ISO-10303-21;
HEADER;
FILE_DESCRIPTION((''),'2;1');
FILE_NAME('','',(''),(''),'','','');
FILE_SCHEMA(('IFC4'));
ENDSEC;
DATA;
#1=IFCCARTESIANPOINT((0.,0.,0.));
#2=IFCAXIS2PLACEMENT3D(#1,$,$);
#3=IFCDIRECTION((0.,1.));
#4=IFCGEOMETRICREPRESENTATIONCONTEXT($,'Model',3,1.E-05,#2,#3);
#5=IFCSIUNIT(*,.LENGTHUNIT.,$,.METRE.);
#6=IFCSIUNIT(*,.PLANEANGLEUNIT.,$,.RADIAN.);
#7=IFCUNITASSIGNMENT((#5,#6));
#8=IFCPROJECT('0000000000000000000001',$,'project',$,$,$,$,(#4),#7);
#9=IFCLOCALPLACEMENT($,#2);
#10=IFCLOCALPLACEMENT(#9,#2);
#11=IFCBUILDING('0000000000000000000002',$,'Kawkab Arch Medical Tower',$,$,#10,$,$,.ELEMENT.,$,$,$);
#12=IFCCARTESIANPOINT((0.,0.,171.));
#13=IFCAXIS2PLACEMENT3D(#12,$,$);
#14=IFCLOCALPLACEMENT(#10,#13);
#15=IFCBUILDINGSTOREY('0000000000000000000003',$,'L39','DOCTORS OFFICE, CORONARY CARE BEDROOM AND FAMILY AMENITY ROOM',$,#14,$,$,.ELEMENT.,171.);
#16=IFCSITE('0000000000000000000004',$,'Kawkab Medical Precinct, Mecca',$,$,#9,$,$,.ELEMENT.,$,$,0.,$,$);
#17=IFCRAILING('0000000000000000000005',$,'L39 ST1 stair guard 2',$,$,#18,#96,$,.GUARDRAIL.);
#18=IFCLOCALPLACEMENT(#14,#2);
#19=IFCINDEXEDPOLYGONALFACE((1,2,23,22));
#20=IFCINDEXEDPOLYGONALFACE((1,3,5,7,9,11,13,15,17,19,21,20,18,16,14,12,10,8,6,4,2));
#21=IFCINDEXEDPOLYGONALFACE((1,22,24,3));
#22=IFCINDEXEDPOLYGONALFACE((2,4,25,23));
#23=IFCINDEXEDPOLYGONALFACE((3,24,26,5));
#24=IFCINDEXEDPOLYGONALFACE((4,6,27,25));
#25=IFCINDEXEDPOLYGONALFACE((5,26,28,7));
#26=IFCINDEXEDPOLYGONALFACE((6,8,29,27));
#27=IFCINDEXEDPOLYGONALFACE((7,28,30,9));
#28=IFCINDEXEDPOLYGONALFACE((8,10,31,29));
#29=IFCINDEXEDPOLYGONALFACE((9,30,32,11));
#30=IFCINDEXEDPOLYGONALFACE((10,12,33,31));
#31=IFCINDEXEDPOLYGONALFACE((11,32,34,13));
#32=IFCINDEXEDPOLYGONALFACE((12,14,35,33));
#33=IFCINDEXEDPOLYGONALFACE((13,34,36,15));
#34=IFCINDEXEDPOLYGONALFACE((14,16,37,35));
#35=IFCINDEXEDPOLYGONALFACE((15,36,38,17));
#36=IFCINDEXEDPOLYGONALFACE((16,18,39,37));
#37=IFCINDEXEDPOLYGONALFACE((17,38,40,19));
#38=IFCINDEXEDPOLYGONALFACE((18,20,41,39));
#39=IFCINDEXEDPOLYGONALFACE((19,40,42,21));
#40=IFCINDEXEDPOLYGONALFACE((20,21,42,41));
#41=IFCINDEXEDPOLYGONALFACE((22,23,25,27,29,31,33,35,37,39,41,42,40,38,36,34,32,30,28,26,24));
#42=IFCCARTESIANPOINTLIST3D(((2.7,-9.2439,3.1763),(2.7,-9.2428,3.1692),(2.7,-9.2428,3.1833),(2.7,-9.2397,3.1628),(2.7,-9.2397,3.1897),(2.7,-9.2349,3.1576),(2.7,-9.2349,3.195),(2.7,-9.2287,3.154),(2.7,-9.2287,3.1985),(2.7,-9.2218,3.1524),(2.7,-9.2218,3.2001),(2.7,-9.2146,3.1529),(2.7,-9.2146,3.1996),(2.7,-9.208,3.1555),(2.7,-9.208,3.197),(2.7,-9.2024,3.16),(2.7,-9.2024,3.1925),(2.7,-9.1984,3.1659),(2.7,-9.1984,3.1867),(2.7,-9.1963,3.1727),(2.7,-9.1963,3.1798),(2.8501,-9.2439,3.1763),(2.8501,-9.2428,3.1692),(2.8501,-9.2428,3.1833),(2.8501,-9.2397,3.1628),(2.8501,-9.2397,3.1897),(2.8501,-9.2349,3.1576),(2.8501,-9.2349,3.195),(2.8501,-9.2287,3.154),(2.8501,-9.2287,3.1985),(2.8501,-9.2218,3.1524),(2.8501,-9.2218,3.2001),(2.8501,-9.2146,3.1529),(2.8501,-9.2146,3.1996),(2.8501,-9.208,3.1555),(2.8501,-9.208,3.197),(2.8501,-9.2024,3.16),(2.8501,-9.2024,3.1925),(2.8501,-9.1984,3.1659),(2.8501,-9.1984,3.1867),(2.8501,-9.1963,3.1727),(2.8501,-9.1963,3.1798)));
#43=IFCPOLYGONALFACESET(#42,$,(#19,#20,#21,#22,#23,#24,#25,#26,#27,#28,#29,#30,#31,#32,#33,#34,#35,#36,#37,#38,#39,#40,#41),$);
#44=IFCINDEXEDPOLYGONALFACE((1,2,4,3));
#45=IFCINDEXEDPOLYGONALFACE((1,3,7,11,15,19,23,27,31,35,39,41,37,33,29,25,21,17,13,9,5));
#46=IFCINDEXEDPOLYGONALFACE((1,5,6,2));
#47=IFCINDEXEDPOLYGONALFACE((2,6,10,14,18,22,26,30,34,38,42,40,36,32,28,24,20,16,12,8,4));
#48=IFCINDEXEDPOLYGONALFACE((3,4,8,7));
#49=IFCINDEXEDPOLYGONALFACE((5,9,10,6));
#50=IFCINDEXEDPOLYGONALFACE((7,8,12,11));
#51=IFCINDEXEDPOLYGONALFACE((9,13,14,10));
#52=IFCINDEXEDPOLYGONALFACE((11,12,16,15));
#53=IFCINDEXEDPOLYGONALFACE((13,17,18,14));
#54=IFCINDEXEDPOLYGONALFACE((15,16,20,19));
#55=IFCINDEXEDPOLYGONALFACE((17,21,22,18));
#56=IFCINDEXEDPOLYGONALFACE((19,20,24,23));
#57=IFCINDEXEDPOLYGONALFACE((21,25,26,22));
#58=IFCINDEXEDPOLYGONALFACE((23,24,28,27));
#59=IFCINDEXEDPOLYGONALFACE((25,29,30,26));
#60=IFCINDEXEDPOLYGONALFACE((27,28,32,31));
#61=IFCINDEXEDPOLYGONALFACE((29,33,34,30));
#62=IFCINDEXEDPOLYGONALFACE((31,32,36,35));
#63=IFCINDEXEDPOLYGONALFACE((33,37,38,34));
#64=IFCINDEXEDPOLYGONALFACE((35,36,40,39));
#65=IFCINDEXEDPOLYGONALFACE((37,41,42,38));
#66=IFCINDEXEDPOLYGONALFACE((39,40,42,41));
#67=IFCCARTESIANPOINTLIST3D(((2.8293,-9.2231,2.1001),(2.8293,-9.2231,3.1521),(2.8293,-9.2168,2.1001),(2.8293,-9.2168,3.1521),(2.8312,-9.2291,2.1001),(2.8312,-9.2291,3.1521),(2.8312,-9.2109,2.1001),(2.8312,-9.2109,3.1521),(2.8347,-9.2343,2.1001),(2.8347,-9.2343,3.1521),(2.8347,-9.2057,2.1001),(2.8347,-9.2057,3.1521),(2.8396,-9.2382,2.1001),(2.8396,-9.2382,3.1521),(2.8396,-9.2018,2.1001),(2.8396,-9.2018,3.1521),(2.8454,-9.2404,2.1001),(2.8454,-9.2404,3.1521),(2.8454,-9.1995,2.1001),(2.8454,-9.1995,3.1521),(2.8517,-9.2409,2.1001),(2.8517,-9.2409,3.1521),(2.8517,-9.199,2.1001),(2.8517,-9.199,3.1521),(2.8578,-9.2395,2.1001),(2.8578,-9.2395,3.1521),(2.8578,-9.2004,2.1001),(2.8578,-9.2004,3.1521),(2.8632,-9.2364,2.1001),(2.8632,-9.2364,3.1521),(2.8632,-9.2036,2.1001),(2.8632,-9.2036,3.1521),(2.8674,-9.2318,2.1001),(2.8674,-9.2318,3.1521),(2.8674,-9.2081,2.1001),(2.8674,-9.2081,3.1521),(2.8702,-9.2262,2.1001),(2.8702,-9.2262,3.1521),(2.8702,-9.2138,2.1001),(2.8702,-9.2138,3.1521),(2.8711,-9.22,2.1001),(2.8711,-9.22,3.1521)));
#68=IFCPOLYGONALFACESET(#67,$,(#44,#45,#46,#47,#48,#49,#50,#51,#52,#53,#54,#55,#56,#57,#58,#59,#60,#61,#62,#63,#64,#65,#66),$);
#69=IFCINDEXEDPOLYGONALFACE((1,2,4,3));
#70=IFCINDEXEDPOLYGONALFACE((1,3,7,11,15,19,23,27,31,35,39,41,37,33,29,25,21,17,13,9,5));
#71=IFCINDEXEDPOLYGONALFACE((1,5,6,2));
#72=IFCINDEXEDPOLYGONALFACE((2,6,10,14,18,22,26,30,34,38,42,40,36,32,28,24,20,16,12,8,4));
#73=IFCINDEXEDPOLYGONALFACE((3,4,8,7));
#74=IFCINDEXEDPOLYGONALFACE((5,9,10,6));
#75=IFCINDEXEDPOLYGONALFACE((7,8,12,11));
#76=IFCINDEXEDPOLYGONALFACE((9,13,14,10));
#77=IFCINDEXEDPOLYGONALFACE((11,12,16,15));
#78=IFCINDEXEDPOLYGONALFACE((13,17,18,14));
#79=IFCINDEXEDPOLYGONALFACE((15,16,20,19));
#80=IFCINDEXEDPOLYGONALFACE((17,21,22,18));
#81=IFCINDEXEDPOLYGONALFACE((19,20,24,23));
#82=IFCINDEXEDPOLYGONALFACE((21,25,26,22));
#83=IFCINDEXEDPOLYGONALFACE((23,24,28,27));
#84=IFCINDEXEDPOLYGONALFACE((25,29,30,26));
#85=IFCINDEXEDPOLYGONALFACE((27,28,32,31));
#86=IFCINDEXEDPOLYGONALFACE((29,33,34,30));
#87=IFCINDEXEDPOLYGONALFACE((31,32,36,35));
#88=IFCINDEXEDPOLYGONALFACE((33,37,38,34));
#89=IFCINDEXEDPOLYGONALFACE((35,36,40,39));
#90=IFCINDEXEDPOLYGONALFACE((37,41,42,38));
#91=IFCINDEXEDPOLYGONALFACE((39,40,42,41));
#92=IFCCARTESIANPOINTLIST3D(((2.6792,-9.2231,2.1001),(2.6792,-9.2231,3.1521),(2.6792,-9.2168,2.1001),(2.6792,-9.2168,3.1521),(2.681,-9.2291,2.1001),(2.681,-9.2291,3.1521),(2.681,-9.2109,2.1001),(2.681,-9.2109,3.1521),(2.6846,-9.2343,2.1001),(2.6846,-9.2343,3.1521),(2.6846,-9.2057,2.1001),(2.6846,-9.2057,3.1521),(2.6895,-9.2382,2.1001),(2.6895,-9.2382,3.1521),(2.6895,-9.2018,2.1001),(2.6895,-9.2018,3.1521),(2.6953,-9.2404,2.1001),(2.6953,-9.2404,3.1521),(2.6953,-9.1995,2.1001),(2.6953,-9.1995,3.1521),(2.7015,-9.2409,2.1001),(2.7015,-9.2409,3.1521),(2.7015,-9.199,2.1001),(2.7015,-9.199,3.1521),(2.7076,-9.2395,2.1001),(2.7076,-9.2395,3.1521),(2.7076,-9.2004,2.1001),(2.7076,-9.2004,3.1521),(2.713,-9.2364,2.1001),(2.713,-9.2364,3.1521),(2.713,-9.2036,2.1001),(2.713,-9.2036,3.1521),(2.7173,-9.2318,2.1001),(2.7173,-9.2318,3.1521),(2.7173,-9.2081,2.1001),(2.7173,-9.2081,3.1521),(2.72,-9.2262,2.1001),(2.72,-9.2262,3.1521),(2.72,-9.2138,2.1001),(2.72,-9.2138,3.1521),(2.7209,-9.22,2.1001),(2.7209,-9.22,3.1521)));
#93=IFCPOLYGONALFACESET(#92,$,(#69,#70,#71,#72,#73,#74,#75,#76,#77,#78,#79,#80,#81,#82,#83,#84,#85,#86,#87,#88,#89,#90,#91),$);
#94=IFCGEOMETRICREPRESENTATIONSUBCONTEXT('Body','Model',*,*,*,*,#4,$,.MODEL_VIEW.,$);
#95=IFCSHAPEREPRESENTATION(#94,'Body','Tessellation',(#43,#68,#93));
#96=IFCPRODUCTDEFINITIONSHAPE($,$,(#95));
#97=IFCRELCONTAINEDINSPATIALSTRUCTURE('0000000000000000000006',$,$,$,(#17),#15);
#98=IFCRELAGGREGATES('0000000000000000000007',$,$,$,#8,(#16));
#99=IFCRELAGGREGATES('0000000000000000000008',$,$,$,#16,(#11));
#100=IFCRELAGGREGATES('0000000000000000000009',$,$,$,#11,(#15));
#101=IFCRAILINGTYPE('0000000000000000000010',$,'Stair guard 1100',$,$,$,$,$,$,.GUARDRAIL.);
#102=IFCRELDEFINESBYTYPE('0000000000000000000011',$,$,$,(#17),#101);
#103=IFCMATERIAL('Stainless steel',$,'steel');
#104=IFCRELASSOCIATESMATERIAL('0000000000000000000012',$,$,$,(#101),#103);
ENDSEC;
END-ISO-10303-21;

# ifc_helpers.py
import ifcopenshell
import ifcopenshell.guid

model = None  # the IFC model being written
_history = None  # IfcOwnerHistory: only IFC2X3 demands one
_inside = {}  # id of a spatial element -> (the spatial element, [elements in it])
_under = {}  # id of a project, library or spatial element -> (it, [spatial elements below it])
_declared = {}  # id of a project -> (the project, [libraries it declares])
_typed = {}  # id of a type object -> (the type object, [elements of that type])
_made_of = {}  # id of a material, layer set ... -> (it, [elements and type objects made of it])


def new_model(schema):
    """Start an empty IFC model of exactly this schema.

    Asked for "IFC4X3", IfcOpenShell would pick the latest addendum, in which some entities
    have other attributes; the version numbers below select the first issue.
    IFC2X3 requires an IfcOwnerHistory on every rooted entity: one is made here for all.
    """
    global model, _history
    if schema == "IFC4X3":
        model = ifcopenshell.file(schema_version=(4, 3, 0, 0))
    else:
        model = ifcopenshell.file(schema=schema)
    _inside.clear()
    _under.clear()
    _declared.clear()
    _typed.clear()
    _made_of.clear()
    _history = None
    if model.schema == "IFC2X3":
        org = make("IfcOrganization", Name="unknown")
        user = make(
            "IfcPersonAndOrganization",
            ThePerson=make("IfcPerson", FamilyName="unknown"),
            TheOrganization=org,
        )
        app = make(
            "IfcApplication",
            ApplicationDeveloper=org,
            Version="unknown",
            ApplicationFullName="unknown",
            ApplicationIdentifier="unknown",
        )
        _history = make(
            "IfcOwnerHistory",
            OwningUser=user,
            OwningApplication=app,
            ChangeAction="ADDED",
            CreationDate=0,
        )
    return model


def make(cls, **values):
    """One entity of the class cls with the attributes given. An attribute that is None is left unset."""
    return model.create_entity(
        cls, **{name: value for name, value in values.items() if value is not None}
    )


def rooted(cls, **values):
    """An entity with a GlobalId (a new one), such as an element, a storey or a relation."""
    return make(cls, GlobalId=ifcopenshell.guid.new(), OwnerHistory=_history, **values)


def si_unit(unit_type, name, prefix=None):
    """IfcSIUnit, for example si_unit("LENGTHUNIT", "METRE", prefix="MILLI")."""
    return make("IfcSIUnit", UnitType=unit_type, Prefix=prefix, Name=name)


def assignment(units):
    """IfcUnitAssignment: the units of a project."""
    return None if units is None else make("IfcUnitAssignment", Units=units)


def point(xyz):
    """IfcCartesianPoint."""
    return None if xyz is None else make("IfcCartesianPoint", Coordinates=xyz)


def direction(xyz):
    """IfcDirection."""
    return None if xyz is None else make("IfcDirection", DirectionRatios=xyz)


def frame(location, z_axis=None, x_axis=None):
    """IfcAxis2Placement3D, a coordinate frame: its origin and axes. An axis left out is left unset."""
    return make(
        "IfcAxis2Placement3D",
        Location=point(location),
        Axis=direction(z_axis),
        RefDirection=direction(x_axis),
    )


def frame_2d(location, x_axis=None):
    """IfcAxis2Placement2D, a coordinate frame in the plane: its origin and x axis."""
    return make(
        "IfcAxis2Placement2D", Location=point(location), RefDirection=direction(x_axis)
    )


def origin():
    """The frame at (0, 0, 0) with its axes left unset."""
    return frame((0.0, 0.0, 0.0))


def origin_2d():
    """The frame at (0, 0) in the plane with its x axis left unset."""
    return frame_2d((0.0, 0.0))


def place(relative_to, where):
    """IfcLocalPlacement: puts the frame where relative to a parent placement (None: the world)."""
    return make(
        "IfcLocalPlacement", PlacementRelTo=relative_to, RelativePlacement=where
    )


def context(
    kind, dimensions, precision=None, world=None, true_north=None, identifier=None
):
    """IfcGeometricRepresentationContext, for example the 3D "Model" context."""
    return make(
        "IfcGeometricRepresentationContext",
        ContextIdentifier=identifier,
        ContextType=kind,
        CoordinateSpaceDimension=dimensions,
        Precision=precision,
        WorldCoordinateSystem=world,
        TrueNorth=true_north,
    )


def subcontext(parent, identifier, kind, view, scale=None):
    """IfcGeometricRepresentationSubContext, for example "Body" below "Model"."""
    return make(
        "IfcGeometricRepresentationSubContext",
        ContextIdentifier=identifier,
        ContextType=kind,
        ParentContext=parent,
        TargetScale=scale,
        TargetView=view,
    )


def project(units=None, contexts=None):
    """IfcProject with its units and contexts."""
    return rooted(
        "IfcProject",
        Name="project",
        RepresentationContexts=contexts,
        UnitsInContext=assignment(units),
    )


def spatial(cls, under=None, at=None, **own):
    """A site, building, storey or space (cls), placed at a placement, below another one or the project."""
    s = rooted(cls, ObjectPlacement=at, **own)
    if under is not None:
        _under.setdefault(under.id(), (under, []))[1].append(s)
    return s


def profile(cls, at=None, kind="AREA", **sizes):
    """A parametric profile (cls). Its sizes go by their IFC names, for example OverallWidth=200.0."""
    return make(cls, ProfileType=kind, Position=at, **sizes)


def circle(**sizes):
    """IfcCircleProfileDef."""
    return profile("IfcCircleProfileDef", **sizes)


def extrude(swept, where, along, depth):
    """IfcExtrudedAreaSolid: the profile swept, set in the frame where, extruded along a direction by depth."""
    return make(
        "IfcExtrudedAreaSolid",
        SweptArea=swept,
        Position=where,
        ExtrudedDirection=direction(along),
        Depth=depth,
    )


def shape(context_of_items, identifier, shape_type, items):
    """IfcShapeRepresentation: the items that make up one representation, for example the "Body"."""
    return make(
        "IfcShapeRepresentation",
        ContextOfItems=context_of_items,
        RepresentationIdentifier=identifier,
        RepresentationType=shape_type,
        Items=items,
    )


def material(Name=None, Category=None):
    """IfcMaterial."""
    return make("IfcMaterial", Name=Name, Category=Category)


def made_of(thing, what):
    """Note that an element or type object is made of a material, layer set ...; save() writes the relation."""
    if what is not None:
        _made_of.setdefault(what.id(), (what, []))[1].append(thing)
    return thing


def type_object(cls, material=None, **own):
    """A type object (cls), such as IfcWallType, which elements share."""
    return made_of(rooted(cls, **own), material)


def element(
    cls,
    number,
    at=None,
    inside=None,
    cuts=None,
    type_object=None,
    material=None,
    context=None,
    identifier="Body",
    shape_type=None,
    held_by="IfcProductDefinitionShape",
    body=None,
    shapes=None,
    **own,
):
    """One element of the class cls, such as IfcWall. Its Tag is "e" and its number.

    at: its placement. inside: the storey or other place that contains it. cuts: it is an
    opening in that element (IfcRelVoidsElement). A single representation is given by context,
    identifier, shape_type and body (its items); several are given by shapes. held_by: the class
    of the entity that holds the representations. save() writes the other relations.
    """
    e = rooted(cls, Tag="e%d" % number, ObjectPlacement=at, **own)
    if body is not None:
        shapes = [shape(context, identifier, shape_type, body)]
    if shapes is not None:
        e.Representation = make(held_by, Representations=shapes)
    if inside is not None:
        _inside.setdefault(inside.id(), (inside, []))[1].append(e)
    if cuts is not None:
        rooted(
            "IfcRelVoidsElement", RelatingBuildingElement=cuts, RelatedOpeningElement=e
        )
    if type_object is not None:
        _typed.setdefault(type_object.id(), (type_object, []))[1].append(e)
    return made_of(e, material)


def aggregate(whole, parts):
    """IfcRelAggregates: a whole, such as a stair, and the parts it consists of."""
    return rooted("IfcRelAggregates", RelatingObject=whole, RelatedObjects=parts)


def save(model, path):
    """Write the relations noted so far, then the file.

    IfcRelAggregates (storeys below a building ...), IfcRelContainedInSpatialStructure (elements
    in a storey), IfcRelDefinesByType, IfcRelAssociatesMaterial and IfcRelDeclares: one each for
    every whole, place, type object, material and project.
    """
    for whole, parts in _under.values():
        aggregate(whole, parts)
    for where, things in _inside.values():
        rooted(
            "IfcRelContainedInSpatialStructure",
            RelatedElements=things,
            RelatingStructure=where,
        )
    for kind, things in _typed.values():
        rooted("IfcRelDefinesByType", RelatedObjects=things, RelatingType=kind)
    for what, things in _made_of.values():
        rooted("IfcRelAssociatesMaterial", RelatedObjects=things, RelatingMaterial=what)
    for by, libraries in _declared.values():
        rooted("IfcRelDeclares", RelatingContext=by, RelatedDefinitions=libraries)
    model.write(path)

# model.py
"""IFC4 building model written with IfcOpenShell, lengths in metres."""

from ifc_helpers import new_model, si_unit, direction, frame, origin, origin_2d, place, context, subcontext, project, spatial, circle, extrude, material, type_object, element, save


model = new_model("IFC4")

# Units and contexts
model_context = context("Model", 3, precision=1e-05, world=origin(), true_north=direction((0.0, 1.0)))
body_context = subcontext(model_context, "Body", "Model", "MODEL_VIEW")
ifc_project = project(units=[si_unit("LENGTHUNIT", "METRE"), si_unit("PLANEANGLEUNIT", "RADIAN")], contexts=[model_context])

# Site, building, storey
site_placement = place(None, origin())
site = spatial("IfcSite", under=ifc_project, at=site_placement, Name="Kawkab Medical Precinct, Mecca", CompositionType="ELEMENT", RefElevation=0.0)
building_placement = place(site_placement, origin())
building = spatial("IfcBuilding", under=site, at=building_placement, Name="Kawkab Arch Medical Tower", CompositionType="ELEMENT")
storey_placement = place(building_placement, frame((0.0, 0.0, 171.0)))
storey = spatial("IfcBuildingStorey", under=building, at=storey_placement, Name="L39", Description="DOCTORS OFFICE, CORONARY CARE BEDROOM AND FAMILY AMENITY ROOM", CompositionType="ELEMENT", Elevation=171.0)

# Railing
ifc_material_1 = material(Name="Stainless steel", Category="steel")
railing_type = type_object("IfcRailingType", Name="Stair guard 1100", PredefinedType="GUARDRAIL", material=ifc_material_1)
railing_1_placement = place(storey_placement, frame((2.8501, -9.22, 2.1001)))
element("IfcRailing", 1, at=railing_1_placement, inside=storey, type_object=railing_type, Name="L39 ST1 stair guard 2", PredefinedType="GUARDRAIL", context=body_context, shape_type="SweptSolid", body=[
    extrude(circle(Radius=0.0239, at=origin_2d()), frame((0.0, 0.0, 1.0762), z_axis=(-1.0, 0.0, 0.0), x_axis=(0.0, -1.0, 0.0)), (0.0, 0.0, 1.0), 0.1501),
    extrude(circle(Radius=0.021, at=origin_2d()), origin(), (0.0, 0.0, 1.0), 1.052),
    extrude(circle(Radius=0.021, at=origin_2d()), frame((-0.1501, 0.0, 0.0)), (0.0, 0.0, 1.0), 1.052),
])

save(model, "model.ifc")
